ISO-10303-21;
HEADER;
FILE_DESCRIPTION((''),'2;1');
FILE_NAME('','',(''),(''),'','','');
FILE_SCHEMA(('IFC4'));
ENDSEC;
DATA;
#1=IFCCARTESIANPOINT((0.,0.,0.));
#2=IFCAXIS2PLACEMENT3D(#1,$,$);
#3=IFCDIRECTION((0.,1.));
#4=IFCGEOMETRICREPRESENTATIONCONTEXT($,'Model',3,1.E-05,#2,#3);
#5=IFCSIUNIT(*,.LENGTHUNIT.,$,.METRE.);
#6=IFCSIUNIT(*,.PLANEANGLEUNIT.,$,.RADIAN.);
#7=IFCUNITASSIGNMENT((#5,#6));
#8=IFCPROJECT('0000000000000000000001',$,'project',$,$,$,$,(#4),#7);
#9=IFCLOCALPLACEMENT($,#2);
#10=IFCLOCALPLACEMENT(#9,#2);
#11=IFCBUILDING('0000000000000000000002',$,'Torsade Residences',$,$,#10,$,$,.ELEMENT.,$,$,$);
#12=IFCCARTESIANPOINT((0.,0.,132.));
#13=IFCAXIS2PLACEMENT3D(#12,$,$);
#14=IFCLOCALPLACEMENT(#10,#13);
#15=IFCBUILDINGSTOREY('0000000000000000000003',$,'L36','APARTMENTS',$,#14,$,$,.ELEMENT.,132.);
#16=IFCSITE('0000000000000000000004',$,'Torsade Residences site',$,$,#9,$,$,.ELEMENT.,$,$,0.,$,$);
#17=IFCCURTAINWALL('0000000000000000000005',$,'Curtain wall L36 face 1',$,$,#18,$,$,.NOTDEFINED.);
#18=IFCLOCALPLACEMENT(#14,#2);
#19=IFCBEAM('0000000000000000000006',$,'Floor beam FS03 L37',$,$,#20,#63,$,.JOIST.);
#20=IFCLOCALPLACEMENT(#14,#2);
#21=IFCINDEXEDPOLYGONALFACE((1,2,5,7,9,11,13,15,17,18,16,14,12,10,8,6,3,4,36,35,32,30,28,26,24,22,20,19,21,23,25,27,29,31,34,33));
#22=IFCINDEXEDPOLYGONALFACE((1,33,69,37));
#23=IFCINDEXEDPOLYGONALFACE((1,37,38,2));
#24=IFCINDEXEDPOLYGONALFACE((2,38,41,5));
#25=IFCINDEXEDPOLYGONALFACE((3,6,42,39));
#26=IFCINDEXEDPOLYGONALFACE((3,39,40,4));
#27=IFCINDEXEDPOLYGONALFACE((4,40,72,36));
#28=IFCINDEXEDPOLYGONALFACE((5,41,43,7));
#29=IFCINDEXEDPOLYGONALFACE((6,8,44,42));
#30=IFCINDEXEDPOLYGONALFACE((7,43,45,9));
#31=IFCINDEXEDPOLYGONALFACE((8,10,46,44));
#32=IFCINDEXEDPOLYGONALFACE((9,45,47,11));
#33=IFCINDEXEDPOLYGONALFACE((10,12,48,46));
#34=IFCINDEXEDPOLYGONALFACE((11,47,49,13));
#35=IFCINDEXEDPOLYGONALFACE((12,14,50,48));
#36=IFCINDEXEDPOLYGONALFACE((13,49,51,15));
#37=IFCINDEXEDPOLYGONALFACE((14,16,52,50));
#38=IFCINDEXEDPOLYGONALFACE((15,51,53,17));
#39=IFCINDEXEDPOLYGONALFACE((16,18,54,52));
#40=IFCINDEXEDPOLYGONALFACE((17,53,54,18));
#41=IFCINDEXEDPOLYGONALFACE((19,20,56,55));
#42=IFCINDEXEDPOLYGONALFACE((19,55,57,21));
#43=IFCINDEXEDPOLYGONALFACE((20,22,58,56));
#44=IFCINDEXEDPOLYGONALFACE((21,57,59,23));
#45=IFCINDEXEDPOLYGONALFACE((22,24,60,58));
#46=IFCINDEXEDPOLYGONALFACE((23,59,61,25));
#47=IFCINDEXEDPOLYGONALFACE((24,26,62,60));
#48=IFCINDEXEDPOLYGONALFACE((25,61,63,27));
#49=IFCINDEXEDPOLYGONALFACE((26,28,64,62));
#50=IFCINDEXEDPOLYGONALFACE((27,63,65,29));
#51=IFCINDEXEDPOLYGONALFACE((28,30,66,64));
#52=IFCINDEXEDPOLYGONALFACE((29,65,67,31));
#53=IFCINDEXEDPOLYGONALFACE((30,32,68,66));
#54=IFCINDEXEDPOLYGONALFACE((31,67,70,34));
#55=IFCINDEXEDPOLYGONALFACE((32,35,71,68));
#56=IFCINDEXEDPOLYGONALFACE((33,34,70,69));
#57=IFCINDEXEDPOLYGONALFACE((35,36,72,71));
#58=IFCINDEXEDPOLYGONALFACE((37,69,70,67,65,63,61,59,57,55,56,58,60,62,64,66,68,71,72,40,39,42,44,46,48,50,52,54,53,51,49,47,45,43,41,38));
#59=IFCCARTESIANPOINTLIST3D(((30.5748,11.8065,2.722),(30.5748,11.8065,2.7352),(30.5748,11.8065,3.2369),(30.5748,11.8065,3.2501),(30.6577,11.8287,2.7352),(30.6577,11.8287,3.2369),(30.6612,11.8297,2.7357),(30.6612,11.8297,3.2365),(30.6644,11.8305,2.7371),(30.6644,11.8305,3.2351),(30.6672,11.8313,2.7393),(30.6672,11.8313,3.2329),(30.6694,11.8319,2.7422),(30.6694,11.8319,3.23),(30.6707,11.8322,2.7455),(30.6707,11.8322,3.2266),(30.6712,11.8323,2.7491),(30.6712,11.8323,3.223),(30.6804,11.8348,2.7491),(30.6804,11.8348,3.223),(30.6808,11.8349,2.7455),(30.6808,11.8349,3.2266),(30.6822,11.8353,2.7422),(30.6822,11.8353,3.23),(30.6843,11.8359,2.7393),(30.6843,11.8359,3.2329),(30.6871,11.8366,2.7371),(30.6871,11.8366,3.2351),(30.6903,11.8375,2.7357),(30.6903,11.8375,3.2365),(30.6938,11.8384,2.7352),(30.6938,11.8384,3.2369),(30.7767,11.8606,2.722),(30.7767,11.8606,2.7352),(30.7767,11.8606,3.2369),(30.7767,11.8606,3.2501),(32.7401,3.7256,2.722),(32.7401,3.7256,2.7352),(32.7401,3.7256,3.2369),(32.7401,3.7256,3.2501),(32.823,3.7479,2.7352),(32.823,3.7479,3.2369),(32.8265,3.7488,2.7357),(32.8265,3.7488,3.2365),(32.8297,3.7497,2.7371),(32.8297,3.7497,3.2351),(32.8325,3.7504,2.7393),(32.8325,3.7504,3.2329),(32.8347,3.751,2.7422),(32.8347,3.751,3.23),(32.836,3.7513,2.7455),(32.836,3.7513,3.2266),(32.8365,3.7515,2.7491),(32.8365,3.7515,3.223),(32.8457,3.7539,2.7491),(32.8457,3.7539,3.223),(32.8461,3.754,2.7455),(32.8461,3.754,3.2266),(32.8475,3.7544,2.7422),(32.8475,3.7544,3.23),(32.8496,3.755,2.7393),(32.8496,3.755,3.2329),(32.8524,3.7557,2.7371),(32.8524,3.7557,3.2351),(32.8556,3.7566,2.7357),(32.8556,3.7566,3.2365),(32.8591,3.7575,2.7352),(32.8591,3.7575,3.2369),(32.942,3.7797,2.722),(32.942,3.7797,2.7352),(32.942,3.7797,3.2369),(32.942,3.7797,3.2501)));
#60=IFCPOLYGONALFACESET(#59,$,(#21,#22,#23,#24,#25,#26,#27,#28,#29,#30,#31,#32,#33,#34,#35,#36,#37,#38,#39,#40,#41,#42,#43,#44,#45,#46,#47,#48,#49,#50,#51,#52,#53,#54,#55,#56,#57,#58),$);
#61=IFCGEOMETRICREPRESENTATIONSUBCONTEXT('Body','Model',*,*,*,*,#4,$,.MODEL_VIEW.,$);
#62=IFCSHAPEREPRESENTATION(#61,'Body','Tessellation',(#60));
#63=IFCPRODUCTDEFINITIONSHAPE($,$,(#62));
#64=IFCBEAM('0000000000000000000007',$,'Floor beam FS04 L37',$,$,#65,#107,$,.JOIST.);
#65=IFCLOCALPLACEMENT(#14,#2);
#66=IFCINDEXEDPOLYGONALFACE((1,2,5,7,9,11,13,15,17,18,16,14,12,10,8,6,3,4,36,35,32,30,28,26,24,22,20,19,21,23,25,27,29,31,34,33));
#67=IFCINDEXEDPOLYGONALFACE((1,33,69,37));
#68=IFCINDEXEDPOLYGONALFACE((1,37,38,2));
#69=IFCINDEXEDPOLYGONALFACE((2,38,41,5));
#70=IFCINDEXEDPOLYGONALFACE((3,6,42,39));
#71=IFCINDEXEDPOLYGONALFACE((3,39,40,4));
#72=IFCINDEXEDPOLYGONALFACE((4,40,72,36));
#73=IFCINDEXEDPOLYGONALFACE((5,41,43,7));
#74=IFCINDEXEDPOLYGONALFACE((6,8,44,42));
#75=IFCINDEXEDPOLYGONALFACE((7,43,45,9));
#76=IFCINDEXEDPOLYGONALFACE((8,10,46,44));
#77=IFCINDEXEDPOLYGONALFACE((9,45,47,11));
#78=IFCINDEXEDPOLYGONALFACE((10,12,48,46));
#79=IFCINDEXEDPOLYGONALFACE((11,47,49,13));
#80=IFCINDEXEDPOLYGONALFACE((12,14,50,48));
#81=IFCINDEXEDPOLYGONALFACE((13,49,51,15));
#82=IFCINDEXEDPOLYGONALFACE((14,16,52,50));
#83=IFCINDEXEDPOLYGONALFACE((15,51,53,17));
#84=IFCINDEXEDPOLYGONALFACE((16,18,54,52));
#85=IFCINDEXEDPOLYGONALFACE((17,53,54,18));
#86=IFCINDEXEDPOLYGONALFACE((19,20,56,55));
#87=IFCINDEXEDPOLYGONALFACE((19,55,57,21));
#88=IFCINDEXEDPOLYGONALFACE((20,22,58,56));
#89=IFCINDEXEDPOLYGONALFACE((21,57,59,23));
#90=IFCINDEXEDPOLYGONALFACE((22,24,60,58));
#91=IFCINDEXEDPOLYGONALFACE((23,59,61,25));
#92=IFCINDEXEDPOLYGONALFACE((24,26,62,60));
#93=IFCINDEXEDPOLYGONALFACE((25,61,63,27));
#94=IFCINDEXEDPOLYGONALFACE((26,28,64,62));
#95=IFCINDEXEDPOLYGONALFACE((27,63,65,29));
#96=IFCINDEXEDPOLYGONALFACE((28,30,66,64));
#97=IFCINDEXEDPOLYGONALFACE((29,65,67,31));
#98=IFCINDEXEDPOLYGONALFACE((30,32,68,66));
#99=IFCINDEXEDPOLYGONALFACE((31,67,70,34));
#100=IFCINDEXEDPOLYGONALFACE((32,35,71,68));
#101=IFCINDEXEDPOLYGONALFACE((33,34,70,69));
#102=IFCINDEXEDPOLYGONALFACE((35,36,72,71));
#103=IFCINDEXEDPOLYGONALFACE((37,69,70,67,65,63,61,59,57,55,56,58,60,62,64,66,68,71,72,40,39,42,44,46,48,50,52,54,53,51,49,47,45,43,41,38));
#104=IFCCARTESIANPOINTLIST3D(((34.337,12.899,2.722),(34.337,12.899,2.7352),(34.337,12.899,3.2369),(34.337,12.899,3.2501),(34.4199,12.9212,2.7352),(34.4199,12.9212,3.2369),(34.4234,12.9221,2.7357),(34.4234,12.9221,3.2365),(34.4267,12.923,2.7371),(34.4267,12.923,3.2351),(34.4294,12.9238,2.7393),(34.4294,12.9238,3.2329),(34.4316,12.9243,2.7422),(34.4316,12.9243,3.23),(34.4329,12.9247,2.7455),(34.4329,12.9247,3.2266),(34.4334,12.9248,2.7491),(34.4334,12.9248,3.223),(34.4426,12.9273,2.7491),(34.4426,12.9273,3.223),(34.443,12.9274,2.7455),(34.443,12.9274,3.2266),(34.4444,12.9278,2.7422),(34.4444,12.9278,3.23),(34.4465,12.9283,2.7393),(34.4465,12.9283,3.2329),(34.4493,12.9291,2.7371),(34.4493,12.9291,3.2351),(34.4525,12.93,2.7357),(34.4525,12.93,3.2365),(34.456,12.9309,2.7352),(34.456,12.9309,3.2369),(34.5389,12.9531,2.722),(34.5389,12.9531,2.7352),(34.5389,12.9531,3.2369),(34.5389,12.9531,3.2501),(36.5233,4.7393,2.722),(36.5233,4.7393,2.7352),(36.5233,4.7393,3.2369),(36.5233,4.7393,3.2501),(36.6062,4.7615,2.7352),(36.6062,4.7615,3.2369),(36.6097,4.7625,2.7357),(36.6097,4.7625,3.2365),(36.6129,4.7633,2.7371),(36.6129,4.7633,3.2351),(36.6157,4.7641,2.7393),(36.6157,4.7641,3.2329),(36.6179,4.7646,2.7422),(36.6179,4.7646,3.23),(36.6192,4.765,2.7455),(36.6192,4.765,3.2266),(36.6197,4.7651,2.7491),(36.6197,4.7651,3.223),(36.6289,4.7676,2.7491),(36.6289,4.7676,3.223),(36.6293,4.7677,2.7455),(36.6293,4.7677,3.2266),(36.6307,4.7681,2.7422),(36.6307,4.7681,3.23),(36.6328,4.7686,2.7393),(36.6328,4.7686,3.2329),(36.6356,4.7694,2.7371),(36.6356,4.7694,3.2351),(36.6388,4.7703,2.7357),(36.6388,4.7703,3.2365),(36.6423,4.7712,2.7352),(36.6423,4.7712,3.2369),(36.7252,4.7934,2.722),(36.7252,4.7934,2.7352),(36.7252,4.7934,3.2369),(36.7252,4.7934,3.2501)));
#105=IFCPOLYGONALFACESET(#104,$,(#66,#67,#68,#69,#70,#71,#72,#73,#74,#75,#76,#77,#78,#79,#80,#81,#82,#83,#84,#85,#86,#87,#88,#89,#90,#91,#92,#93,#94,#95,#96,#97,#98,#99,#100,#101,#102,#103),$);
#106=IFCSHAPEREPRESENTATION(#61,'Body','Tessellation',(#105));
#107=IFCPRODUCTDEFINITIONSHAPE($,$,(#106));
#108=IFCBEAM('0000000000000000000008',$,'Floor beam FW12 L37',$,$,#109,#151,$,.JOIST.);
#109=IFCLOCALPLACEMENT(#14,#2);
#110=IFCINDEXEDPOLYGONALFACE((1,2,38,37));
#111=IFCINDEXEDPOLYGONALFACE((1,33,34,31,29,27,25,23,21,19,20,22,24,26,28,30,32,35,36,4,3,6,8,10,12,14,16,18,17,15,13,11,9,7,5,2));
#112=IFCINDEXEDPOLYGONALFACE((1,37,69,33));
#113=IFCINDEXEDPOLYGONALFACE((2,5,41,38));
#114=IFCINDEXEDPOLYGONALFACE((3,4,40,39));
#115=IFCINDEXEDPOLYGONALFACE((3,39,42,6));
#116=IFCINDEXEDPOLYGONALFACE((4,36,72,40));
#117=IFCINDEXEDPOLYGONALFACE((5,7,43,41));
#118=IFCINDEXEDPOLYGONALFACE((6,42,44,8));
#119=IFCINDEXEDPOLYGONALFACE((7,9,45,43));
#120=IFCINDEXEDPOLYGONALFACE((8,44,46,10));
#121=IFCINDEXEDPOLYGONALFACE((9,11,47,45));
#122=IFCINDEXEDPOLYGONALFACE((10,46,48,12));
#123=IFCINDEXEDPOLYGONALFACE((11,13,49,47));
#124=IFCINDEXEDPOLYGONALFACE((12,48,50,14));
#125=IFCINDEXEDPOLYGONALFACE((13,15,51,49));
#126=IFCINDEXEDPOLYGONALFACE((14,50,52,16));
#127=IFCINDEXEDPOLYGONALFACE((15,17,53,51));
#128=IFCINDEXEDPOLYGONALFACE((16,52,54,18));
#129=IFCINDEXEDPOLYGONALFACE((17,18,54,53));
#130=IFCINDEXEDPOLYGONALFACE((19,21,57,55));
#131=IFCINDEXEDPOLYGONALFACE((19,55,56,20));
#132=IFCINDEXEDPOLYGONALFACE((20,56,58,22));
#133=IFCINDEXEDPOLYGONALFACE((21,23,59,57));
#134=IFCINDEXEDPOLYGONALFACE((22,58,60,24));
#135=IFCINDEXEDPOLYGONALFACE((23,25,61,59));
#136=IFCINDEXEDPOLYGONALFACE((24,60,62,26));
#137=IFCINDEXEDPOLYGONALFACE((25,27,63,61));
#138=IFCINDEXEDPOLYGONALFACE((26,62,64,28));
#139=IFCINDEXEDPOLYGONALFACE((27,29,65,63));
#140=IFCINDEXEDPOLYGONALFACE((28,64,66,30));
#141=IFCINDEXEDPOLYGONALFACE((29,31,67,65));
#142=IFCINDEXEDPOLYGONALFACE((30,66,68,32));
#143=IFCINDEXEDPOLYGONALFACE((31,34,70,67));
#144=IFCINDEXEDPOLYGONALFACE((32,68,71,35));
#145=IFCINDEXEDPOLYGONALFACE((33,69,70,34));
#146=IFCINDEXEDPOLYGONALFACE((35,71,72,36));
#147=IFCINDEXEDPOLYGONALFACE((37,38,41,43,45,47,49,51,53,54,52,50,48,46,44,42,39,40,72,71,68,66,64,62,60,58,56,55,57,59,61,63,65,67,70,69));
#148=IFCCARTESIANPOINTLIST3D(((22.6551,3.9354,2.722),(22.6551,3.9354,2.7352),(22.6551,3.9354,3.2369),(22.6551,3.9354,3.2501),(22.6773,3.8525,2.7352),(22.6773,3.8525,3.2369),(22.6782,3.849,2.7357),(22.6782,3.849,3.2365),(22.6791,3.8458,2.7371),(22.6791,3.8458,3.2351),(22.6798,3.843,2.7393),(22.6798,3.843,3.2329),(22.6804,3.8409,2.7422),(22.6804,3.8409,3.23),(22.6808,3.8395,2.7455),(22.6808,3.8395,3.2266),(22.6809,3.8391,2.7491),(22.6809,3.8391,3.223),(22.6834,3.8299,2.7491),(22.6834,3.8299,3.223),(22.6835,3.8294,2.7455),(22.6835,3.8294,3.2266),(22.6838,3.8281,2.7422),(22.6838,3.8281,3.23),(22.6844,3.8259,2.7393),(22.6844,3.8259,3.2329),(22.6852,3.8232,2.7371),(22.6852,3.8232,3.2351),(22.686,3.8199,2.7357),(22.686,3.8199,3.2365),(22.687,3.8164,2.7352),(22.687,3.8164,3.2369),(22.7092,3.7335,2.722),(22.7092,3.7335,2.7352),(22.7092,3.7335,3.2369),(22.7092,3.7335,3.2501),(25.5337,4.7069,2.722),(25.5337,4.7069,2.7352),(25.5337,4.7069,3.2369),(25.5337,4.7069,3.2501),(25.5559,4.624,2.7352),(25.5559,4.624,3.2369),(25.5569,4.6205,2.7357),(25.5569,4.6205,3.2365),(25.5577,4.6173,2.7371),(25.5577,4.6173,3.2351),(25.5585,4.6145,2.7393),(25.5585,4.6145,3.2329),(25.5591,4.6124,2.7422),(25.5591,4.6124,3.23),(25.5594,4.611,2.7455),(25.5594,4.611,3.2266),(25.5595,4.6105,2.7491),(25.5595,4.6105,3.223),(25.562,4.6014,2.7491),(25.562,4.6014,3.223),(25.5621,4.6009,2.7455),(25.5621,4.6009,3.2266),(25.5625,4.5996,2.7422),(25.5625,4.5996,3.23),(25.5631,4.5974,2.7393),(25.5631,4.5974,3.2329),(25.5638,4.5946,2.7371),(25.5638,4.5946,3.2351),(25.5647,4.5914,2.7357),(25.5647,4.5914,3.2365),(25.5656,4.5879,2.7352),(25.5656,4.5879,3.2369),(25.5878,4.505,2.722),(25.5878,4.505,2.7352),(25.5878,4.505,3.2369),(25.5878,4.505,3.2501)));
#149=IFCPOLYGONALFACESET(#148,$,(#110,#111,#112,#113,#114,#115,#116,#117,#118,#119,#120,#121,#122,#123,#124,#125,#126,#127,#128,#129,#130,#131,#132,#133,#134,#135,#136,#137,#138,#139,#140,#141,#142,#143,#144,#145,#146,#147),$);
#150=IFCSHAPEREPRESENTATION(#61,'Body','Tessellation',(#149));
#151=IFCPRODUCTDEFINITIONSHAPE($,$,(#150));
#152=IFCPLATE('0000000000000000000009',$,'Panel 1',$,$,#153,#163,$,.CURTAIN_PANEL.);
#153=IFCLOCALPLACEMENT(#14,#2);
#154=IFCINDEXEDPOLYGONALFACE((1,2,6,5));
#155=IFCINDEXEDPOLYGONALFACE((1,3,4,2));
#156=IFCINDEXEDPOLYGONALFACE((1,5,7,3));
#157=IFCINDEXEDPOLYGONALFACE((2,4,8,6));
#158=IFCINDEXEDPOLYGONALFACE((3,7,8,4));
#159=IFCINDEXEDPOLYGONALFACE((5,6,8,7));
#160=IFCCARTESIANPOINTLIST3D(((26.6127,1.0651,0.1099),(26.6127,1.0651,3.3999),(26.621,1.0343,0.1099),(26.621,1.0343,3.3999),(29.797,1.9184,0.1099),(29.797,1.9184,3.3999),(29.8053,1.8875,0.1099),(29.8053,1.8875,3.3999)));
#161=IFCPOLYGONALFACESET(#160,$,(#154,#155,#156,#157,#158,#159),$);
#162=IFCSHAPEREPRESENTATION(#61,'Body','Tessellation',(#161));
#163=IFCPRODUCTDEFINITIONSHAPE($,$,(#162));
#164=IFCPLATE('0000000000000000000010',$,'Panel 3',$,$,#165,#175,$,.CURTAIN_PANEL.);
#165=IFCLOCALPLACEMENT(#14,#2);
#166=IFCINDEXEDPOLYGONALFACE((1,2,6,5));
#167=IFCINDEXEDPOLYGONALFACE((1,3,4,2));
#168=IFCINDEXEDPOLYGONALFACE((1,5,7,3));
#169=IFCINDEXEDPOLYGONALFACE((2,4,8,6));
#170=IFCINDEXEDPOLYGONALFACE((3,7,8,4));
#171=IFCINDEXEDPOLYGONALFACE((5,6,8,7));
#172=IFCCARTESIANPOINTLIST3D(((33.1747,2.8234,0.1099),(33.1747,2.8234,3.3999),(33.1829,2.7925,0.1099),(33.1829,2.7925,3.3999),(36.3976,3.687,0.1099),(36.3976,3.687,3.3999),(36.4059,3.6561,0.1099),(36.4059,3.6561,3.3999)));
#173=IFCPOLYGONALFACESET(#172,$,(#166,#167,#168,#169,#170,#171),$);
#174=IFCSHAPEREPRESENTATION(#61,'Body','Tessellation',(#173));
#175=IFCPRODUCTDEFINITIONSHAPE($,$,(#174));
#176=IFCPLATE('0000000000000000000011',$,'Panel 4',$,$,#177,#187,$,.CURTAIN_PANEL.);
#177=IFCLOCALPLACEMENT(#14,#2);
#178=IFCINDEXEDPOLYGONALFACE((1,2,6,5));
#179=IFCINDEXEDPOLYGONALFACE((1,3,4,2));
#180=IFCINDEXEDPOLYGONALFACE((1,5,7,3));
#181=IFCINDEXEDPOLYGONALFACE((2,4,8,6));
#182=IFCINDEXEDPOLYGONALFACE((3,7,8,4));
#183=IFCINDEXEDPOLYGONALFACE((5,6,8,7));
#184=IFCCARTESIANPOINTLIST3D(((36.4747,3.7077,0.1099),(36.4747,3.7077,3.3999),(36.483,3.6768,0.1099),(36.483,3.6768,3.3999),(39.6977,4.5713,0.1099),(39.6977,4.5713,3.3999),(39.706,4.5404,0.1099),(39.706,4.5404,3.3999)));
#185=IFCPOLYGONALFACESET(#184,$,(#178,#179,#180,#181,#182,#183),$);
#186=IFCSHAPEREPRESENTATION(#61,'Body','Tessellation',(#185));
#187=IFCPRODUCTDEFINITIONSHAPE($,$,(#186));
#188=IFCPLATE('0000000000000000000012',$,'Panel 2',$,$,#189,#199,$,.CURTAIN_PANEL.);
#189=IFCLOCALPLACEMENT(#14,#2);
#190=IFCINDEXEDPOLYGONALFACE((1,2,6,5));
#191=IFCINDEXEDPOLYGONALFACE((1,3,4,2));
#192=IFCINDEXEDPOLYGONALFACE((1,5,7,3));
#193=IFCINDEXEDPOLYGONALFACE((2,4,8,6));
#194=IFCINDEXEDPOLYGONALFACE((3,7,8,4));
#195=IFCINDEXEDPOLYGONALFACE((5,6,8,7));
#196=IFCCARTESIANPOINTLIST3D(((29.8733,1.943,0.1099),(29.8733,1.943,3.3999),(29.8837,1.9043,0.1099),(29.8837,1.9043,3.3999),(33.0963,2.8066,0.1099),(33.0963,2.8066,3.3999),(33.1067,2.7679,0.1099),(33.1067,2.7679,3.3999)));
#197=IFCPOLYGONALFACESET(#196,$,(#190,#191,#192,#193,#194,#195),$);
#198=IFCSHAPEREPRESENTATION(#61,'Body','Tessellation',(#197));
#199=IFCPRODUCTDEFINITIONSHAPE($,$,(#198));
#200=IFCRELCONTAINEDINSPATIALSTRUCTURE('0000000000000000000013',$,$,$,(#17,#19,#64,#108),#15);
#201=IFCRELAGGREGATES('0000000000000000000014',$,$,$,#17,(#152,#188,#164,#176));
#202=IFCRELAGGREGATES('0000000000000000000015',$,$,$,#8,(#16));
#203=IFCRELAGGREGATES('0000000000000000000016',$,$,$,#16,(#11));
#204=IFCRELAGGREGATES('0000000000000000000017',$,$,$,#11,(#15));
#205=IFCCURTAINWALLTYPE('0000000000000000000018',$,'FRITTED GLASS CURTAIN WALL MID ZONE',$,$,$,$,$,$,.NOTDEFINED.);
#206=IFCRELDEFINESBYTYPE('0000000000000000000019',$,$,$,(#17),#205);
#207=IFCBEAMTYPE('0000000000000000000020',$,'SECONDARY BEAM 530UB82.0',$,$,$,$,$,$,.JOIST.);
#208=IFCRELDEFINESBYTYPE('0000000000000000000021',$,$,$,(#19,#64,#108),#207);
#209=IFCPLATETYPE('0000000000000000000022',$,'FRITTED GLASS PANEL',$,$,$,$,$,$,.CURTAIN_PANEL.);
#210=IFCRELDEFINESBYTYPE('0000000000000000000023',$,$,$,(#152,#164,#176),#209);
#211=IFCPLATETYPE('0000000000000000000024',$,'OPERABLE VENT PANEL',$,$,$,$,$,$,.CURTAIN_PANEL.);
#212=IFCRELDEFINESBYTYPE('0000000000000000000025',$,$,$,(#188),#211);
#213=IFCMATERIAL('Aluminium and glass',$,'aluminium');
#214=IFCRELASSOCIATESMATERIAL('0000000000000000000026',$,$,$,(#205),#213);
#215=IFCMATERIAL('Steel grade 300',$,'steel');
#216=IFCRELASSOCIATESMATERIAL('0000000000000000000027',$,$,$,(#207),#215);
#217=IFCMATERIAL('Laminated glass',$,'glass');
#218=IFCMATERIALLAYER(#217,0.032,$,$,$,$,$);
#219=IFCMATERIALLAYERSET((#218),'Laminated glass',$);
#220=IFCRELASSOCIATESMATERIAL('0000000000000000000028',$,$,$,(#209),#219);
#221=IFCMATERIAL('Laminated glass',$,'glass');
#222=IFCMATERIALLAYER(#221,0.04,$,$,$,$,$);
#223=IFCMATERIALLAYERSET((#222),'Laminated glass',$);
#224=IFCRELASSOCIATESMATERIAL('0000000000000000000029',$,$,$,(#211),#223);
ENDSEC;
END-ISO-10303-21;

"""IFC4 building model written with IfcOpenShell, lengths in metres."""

from ifc_helpers import new_model, si_unit, direction, frame, origin, origin_2d, place, context, subcontext, project, spatial, rectangle, i_section, extrude, material, layer, layer_set, material_profile, profile_set, type_object, element, aggregate, save


model = new_model("IFC4")

# Units and contexts
model_context = context("Model", 3, precision=1e-05, world=origin(), true_north=direction((0.0, 1.0)))
body_context = subcontext(model_context, "Body", "Model", "MODEL_VIEW")
ifc_project = project(units=[si_unit("LENGTHUNIT", "METRE"), si_unit("PLANEANGLEUNIT", "RADIAN")], contexts=[model_context])

# Site, building, storey
site_placement = place(None, origin())
site = spatial("IfcSite", under=ifc_project, at=site_placement, Name="Torsade Residences site", CompositionType="ELEMENT", RefElevation=0.0)
building_placement = place(site_placement, origin())
building = spatial("IfcBuilding", under=site, at=building_placement, Name="Torsade Residences", CompositionType="ELEMENT")
storey_placement = place(building_placement, frame((0.0, 0.0, 132.0)))
storey = spatial("IfcBuildingStorey", under=building, at=storey_placement, Name="L36", Description="APARTMENTS", CompositionType="ELEMENT", Elevation=132.0)

# Curtain wall
ifc_material_1 = material(Name="Aluminium and glass", Category="aluminium")
curtain_wall_type = type_object("IfcCurtainWallType", Name="FRITTED GLASS CURTAIN WALL MID ZONE", PredefinedType="NOTDEFINED", material=ifc_material_1)
curtain_wall_placement = place(storey_placement, origin())
curtain_wall = element("IfcCurtainWall", 1, at=curtain_wall_placement, inside=storey, type_object=curtain_wall_type, Name="Curtain wall L36 face 1", PredefinedType="NOTDEFINED")

# Beams
ifc_material_2 = material(Name="Steel grade 300", Category="steel")
ifc_material_profile_1 = material_profile(ifc_material_2, i_section(OverallWidth=0.209, OverallDepth=0.5281, WebThickness=0.0095, FlangeThickness=0.0132, FilletRadius=0.0139, at=origin_2d()), Name="530UB82.0")
ifc_profile_set_1 = profile_set([ifc_material_profile_1], Name="Steel grade 300")
beam_type_1 = type_object("IfcBeamType", Name="SECONDARY BEAM 530UB82.0", PredefinedType="JOIST", material=ifc_profile_set_1)
beam_1_placement = place(storey_placement, frame((32.8411, 3.7527, 2.9861), z_axis=(-0.258823, 0.965925, 0.0), x_axis=(-0.965925, -0.258823, 0.0)))
element("IfcBeam", 2, at=beam_1_placement, inside=storey, type_object=beam_type_1, Name="Floor beam FS03 L37", PredefinedType="JOIST", context=body_context, shape_type="SweptSolid", body=[
    extrude(i_section(OverallWidth=0.209, OverallDepth=0.5281, WebThickness=0.0095, FlangeThickness=0.0132, FilletRadius=0.0139, at=origin_2d()), origin(), (0.0, 0.0, 1.0), 8.366),
])
beam_2_placement = place(storey_placement, frame((36.6243, 4.7664, 2.9861), z_axis=(-0.258808, 0.965929, 0.0), x_axis=(-0.965929, -0.258808, 0.0)))
element("IfcBeam", 3, at=beam_2_placement, inside=storey, type_object=beam_type_1, Name="Floor beam FS04 L37", PredefinedType="JOIST", context=body_context, shape_type="SweptSolid", body=[
    extrude(i_section(OverallWidth=0.209, OverallDepth=0.5281, WebThickness=0.0095, FlangeThickness=0.0132, FilletRadius=0.0139, at=origin_2d()), origin(), (0.0, 0.0, 1.0), 8.4475),
])
beam_3_placement = place(storey_placement, frame((22.6821, 3.8345, 2.9861), z_axis=(0.965913, 0.258866, 0.0), x_axis=(-0.258866, 0.965913, 0.0)))
element("IfcBeam", 4, at=beam_3_placement, inside=storey, type_object=beam_type_1, Name="Floor beam FW12 L37", PredefinedType="JOIST", context=body_context, shape_type="SweptSolid", body=[
    extrude(i_section(OverallWidth=0.209, OverallDepth=0.5281, WebThickness=0.0095, FlangeThickness=0.0132, FilletRadius=0.0139, at=origin_2d()), origin(), (0.0, 0.0, 1.0), 2.9802),
])

# Plates
ifc_material_3 = material(Name="Laminated glass", Category="glass")
ifc_layer_1 = layer(ifc_material_3, 0.032)
ifc_layer_set_1 = layer_set([ifc_layer_1], Name="Laminated glass")
plate_type_1 = type_object("IfcPlateType", Name="FRITTED GLASS PANEL", PredefinedType="CURTAIN_PANEL", material=ifc_layer_set_1)
plate_1_placement = place(storey_placement, frame((28.209, 1.4763, 0.1099), z_axis=(0.0, 0.0, 1.0), x_axis=(0.965926, 0.258819, 0.0)))
plate_1 = element("IfcPlate", 5, at=plate_1_placement, type_object=plate_type_1, Name="Panel 1", PredefinedType="CURTAIN_PANEL", context=body_context, shape_type="SweptSolid", body=[
    extrude(rectangle(XDim=3.2966, YDim=0.032, at=origin_2d()), origin(), (0.0, 0.0, 1.0), 3.29),
])
plate_2_placement = place(storey_placement, frame((34.7903, 3.2397, 0.1099), z_axis=(0.0, 0.0, 1.0), x_axis=(0.965926, 0.258819, 0.0)))
plate_2 = element("IfcPlate", 6, at=plate_2_placement, type_object=plate_type_1, Name="Panel 3", PredefinedType="CURTAIN_PANEL", context=body_context, shape_type="SweptSolid", body=[
    extrude(rectangle(XDim=3.3367, YDim=0.032, at=origin_2d()), origin(), (0.0, 0.0, 1.0), 3.29),
])
plate_3_placement = place(storey_placement, frame((38.0903, 4.124, 0.1099), z_axis=(0.0, 0.0, 1.0), x_axis=(0.965926, 0.258819, 0.0)))
plate_3 = element("IfcPlate", 7, at=plate_3_placement, type_object=plate_type_1, Name="Panel 4", PredefinedType="CURTAIN_PANEL", context=body_context, shape_type="SweptSolid", body=[
    extrude(rectangle(XDim=3.3367, YDim=0.032, at=origin_2d()), origin(), (0.0, 0.0, 1.0), 3.29),
])
ifc_material_4 = material(Name="Laminated glass", Category="glass")
ifc_layer_2 = layer(ifc_material_4, 0.04)
ifc_layer_set_2 = layer_set([ifc_layer_2], Name="Laminated glass")
plate_type_2 = type_object("IfcPlateType", Name="OPERABLE VENT PANEL", PredefinedType="CURTAIN_PANEL", material=ifc_layer_set_2)
plate_4_placement = place(storey_placement, frame((31.49, 2.3555, 0.1099), z_axis=(0.0, 0.0, 1.0), x_axis=(0.965926, 0.258819, 0.0)))
plate_4 = element("IfcPlate", 8, at=plate_4_placement, type_object=plate_type_2, Name="Panel 2", PredefinedType="CURTAIN_PANEL", context=body_context, shape_type="SweptSolid", body=[
    extrude(rectangle(XDim=3.3367, YDim=0.04, at=origin_2d()), origin(), (0.0, 0.0, 1.0), 3.29),
])
aggregate(curtain_wall, [plate_1, plate_4, plate_2, plate_3])

save(model, "model.ifc")
